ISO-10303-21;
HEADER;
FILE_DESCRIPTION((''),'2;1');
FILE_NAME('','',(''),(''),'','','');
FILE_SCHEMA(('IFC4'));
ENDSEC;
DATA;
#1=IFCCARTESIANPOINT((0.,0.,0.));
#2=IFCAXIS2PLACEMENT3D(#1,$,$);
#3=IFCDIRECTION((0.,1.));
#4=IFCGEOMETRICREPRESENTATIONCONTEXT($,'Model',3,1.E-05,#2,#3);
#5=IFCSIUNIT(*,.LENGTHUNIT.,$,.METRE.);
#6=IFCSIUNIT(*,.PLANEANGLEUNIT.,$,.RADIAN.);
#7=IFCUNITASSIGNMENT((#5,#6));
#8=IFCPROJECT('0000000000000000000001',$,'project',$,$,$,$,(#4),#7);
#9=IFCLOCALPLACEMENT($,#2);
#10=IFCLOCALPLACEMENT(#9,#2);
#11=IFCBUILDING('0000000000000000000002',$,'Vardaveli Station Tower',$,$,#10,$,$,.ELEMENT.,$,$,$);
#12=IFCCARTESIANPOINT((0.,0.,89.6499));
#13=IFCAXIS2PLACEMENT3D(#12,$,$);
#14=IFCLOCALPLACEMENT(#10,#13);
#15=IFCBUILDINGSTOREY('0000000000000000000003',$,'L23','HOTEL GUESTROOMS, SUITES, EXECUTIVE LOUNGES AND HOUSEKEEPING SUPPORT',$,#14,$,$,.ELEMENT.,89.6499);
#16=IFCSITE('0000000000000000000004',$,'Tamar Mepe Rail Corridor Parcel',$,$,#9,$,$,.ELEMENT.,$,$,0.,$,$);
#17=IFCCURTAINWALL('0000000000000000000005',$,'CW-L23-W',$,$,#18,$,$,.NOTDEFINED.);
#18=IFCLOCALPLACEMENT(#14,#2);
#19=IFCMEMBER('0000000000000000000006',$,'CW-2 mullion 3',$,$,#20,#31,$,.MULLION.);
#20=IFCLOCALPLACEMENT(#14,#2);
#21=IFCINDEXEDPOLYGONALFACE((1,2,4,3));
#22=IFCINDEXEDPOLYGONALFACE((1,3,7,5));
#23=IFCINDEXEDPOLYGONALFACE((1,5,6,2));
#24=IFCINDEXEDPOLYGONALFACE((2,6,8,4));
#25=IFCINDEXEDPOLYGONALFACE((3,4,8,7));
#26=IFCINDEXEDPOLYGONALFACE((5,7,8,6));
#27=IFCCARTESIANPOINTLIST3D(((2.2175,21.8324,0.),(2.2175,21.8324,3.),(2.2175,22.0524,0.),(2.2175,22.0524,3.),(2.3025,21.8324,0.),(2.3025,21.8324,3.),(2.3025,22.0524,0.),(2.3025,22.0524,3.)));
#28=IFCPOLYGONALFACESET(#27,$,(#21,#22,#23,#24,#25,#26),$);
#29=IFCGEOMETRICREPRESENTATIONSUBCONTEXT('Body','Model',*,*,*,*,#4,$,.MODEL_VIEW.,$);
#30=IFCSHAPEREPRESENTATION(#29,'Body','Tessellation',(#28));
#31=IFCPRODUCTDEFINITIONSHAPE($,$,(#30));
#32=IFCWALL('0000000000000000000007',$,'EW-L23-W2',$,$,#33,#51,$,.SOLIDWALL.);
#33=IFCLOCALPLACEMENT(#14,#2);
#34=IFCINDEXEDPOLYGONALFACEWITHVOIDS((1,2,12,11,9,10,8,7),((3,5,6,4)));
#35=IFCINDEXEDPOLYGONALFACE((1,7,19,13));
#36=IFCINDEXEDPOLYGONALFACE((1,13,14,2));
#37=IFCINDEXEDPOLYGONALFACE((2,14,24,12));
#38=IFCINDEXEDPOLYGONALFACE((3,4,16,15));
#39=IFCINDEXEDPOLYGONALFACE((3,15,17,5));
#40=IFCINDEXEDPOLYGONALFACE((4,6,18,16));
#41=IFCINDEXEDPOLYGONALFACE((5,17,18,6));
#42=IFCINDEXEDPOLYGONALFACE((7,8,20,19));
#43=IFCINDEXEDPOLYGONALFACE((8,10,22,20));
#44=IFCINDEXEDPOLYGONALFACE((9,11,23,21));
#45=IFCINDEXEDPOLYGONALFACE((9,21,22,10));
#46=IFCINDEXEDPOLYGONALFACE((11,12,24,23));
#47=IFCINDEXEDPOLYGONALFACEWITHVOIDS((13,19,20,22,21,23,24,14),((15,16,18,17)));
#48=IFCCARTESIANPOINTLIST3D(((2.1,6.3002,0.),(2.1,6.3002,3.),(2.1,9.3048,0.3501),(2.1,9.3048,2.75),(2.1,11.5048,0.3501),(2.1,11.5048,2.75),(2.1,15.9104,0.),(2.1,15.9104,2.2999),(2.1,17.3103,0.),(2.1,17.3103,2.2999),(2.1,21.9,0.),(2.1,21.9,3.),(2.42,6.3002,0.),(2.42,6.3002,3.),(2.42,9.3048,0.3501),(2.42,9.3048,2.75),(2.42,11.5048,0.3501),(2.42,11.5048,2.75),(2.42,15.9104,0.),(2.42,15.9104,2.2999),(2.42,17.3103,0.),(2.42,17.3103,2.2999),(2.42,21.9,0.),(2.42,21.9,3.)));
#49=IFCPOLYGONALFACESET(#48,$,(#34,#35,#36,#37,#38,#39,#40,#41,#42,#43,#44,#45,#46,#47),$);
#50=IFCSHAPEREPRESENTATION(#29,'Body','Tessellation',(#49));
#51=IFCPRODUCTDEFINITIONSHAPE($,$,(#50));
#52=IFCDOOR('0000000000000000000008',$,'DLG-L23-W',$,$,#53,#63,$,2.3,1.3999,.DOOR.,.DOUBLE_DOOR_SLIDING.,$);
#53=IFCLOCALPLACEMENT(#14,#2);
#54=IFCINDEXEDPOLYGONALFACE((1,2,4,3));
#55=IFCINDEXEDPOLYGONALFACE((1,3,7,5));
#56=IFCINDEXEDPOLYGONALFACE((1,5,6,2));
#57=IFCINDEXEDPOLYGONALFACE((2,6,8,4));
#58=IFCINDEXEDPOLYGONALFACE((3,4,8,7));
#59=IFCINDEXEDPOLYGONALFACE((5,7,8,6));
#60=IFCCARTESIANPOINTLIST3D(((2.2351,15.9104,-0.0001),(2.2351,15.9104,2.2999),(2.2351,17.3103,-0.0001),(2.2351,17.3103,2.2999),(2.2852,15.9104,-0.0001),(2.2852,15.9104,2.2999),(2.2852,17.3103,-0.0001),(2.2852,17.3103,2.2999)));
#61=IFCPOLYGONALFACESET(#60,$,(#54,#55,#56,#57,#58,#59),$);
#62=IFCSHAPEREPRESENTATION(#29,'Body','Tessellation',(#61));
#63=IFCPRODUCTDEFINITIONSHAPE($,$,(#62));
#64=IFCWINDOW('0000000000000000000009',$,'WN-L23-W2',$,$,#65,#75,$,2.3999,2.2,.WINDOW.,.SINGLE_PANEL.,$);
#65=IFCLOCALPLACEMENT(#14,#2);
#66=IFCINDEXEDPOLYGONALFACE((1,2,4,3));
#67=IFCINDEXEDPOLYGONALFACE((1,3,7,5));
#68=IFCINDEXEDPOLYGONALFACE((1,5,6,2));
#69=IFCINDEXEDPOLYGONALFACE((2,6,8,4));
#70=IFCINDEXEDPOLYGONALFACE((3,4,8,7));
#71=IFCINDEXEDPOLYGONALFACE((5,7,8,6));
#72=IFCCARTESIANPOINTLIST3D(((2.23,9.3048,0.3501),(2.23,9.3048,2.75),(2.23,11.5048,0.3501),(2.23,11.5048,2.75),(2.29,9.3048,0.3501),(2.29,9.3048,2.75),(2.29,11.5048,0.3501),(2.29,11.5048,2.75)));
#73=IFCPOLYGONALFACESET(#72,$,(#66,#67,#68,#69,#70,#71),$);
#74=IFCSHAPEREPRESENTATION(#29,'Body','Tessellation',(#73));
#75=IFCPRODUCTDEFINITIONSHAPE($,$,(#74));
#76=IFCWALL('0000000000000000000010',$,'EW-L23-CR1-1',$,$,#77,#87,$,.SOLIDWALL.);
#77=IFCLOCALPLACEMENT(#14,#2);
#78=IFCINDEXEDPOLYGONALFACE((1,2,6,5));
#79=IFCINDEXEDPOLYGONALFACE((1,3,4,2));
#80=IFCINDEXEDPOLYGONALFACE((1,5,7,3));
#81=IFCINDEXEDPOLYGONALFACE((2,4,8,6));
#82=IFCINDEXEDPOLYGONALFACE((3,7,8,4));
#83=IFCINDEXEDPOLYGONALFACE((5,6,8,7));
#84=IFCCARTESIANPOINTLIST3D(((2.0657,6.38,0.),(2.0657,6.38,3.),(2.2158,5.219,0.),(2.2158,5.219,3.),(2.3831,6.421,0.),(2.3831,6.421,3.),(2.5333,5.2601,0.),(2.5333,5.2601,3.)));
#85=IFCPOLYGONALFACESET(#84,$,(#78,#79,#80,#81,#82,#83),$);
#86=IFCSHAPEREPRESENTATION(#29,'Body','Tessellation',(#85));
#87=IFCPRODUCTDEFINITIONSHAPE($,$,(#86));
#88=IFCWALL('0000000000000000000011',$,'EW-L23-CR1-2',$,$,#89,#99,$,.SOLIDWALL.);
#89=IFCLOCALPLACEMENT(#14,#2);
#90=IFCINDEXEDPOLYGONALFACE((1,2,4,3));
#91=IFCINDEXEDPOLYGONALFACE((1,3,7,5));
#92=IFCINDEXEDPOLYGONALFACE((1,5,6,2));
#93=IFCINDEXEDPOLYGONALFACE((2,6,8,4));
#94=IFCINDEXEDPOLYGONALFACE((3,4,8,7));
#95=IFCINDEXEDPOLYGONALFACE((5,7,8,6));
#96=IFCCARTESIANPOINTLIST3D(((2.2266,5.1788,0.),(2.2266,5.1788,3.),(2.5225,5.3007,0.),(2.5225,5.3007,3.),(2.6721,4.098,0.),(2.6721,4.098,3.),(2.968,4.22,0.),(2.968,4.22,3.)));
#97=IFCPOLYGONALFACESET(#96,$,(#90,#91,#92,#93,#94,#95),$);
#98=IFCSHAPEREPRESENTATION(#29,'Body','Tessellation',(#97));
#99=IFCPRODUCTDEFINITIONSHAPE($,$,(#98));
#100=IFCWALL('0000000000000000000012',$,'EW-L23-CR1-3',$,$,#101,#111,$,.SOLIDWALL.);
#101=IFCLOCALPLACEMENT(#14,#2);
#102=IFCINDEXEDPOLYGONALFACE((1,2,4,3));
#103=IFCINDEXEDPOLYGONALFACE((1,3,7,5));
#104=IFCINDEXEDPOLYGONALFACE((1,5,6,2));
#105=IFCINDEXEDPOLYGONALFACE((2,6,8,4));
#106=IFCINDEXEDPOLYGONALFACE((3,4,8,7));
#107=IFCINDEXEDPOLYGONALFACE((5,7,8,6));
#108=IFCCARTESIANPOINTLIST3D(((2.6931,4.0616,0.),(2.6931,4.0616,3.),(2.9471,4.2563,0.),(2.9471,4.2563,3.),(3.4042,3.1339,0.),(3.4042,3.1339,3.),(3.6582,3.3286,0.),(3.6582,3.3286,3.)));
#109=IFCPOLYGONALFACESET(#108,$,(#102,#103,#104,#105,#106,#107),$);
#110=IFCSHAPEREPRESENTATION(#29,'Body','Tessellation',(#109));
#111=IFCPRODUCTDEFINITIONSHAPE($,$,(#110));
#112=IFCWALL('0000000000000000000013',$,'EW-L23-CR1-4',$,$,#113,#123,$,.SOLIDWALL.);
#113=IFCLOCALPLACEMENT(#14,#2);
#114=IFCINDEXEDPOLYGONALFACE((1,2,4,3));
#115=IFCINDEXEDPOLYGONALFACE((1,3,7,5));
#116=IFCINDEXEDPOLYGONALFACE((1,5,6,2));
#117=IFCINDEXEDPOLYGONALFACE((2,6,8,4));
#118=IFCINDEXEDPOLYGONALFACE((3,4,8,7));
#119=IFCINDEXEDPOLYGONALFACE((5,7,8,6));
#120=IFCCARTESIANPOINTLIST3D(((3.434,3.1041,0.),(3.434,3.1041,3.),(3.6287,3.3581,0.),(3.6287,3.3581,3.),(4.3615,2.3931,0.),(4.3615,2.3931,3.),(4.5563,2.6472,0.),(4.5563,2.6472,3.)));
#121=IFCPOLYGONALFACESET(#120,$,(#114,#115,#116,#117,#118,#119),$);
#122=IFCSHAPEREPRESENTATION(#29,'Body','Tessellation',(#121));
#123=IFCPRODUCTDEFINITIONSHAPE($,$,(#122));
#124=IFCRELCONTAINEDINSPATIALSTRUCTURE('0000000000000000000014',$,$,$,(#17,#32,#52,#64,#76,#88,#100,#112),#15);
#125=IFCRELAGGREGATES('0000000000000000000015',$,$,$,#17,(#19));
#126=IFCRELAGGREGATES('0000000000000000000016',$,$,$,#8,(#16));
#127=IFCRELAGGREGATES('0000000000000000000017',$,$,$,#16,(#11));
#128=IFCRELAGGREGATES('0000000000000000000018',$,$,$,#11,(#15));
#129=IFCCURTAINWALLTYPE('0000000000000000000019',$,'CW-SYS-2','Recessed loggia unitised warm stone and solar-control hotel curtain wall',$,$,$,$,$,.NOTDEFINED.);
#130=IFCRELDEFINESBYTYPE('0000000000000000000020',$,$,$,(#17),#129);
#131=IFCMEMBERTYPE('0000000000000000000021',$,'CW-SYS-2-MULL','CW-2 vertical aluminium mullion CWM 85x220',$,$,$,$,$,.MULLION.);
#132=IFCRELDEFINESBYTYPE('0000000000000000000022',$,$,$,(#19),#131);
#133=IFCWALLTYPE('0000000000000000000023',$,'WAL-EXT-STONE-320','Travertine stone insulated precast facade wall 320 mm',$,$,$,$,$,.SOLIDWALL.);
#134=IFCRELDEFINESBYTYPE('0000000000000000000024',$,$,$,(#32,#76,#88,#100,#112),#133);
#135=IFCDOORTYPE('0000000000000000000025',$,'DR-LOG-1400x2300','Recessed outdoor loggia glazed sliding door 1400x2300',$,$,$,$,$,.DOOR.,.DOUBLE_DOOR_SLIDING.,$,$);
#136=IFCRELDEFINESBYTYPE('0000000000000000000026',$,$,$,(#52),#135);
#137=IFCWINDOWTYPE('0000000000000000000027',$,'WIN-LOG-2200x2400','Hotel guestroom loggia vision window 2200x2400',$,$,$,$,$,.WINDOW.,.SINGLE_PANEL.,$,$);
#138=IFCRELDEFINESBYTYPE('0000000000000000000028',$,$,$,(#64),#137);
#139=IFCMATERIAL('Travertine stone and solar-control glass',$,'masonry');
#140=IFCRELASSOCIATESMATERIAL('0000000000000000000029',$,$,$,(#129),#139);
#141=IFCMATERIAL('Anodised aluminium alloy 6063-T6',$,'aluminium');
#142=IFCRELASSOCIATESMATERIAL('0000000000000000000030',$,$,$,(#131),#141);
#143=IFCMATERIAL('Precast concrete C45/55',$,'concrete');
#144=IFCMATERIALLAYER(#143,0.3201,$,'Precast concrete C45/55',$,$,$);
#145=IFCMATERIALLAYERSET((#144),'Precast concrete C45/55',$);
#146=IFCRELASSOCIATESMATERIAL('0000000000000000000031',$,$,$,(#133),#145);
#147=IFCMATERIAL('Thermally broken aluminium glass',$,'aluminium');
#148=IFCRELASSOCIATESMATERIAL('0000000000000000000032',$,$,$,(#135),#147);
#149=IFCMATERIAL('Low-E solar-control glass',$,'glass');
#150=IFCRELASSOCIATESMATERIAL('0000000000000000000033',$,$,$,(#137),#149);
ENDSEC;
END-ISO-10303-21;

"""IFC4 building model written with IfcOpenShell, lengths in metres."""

from ifc_helpers import new_model, si_unit, direction, frame, frame_2d, origin, origin_2d, place, context, subcontext, project, spatial, rectangle, extrude, source, transform, mapped, material, layer, layer_set, material_profile, profile_set, type_object, element, fill, aggregate, save


model = new_model("IFC4")

# Units and contexts
model_context = context("Model", 3, precision=1e-05, world=origin(), true_north=direction((0.0, 1.0)))
body_context = subcontext(model_context, "Body", "Model", "MODEL_VIEW")
ifc_project = project(units=[si_unit("LENGTHUNIT", "METRE"), si_unit("PLANEANGLEUNIT", "RADIAN")], contexts=[model_context])

# Site, building, storey
site_placement = place(None, origin())
site = spatial("IfcSite", under=ifc_project, at=site_placement, Name="Tamar Mepe Rail Corridor Parcel", CompositionType="ELEMENT", RefElevation=0.0)
building_placement = place(site_placement, origin())
building = spatial("IfcBuilding", under=site, at=building_placement, Name="Vardaveli Station Tower", CompositionType="ELEMENT")
storey_placement = place(building_placement, frame((0.0, 0.0, 89.6499)))
storey = spatial("IfcBuildingStorey", under=building, at=storey_placement, Name="L23", Description="HOTEL GUESTROOMS, SUITES, EXECUTIVE LOUNGES AND HOUSEKEEPING SUPPORT", CompositionType="ELEMENT", Elevation=89.6499)

# Shared definitions
ifc_material_1 = material(Name="Precast concrete C45/55", Category="concrete")

# Curtain wall, member
ifc_material_2 = material(Name="Travertine stone and solar-control glass", Category="masonry")
curtain_wall_type = type_object("IfcCurtainWallType", Name="CW-SYS-2", Description="Recessed loggia unitised warm stone and solar-control hotel curtain wall", PredefinedType="NOTDEFINED", material=ifc_material_2)
curtain_wall_placement = place(storey_placement, origin())
curtain_wall = element("IfcCurtainWall", 1, at=curtain_wall_placement, inside=storey, type_object=curtain_wall_type, Name="CW-L23-W", PredefinedType="NOTDEFINED")
ifc_material_3 = material(Name="Anodised aluminium alloy 6063-T6", Category="aluminium")
ifc_material_profile_1 = material_profile(ifc_material_3, rectangle(XDim=0.085, YDim=0.22, at=origin_2d()), Name="CWM 85x220")
ifc_profile_set_1 = profile_set([ifc_material_profile_1], Name="Anodised aluminium alloy 6063-T6")
member_type = type_object("IfcMemberType", Name="CW-SYS-2-MULL", Description="CW-2 vertical aluminium mullion CWM 85x220", PredefinedType="MULLION", material=ifc_profile_set_1)
shared_shape_1 = source(origin(), body_context, "Body", "SweptSolid", [
    extrude(rectangle(XDim=0.085, YDim=0.22, at=origin_2d()), origin(), (0.0, 0.0, 1.0), 3.0),
])
member_placement = place(storey_placement, frame((2.26, 21.9424, 0.0), z_axis=(0.0, 0.0, 1.0), x_axis=(1.0, 0.0, 0.0)))
member = element("IfcMember", 2, at=member_placement, type_object=member_type, Name="CW-2 mullion 3", PredefinedType="MULLION", context=body_context, shape_type="MappedRepresentation", body=[
    mapped(shared_shape_1, transform((0.0, 0.0, 0.0), scale=1.0)),
])
aggregate(curtain_wall, [member])

# Wall, openings, door, window
ifc_layer_1 = layer(ifc_material_1, 0.3201, Name="Precast concrete C45/55")
ifc_layer_set_1 = layer_set([ifc_layer_1], Name="Precast concrete C45/55")
wall_type_1 = type_object("IfcWallType", Name="WAL-EXT-STONE-320", Description="Travertine stone insulated precast facade wall 320 mm", PredefinedType="SOLIDWALL", material=ifc_layer_set_1)
shared_shape_2 = source(origin(), body_context, "Body", "SweptSolid", [
    extrude(rectangle(XDim=15.5999, YDim=0.3201, at=frame_2d((7.7998, 0.0))), origin(), (0.0, 0.0, 1.0), 3.0),
])
wall_1_placement = place(storey_placement, frame((2.26, 21.8999, 0.0), z_axis=(0.0, 0.0, 1.0), x_axis=(0.0, -1.0, 0.0)))
wall_1 = element("IfcWall", 3, at=wall_1_placement, inside=storey, type_object=wall_type_1, Name="EW-L23-W2", PredefinedType="SOLIDWALL", context=body_context, shape_type="MappedRepresentation", body=[
    mapped(shared_shape_2, transform((0.0, 0.0, 0.0), scale=1.0)),
])
shared_shape_3 = source(origin(), body_context, "Body", "SweptSolid", [
    extrude(rectangle(XDim=1.3999, YDim=2.3, at=frame_2d((0.7, 1.1499))), frame((0.0, 0.1699, 0.0), z_axis=(0.0, -1.0, 0.0), x_axis=(1.0, 0.0, 0.0)), (0.0, 0.0, 1.0), 0.3401),
])
opening_1_placement = place(wall_1_placement, frame((4.5896, 0.0, 0.0)))
opening_1 = element("IfcOpeningElement", 4, at=opening_1_placement, cuts=wall_1, PredefinedType="OPENING", context=body_context, shape_type="MappedRepresentation", body=[
    mapped(shared_shape_3, transform((0.0, 0.0, 0.0), scale=1.0)),
])
shared_shape_4 = source(origin(), body_context, "Body", "SweptSolid", [
    extrude(rectangle(XDim=2.2, YDim=2.3999, at=frame_2d((1.1001, 1.2))), frame((0.0, 0.1699, 0.0), z_axis=(0.0, -1.0, 0.0), x_axis=(1.0, 0.0, 0.0)), (0.0, 0.0, 1.0), 0.3401),
])
opening_2_placement = place(wall_1_placement, frame((10.395, 0.0, 0.3501)))
opening_2 = element("IfcOpeningElement", 5, at=opening_2_placement, cuts=wall_1, PredefinedType="OPENING", context=body_context, shape_type="MappedRepresentation", body=[
    mapped(shared_shape_4, transform((0.0, 0.0, 0.0), scale=1.0)),
])
ifc_material_4 = material(Name="Thermally broken aluminium glass", Category="aluminium")
door_type_1 = type_object("IfcDoorType", Name="DR-LOG-1400x2300", Description="Recessed outdoor loggia glazed sliding door 1400x2300", OperationType="DOUBLE_DOOR_SLIDING", PredefinedType="DOOR", material=ifc_material_4)
shared_shape_5 = source(origin(), body_context, "Body", "SweptSolid", [
    extrude(rectangle(XDim=1.3999, YDim=2.3, at=frame_2d((0.7, 1.1499))), frame((0.0, 0.0249, 0.0), z_axis=(0.0, -1.0, 0.0), x_axis=(1.0, 0.0, 0.0)), (0.0, 0.0, 1.0), 0.05),
])
door_1_placement = place(opening_1_placement, frame((1.3999, 0.0, 0.0), z_axis=(0.0, 0.0, 1.0), x_axis=(-1.0, 0.0, 0.0)))
door_1 = element("IfcDoor", 6, at=door_1_placement, inside=storey, type_object=door_type_1, Name="DLG-L23-W", OperationType="DOUBLE_DOOR_SLIDING", OverallHeight=2.3, OverallWidth=1.3999, PredefinedType="DOOR", context=body_context, shape_type="MappedRepresentation", body=[
    mapped(shared_shape_5, transform((0.0, 0.0, 0.0), scale=1.0)),
])
fill(opening_1, door_1)
ifc_material_5 = material(Name="Low-E solar-control glass", Category="glass")
window_type = type_object("IfcWindowType", Name="WIN-LOG-2200x2400", Description="Hotel guestroom loggia vision window 2200x2400", PartitioningType="SINGLE_PANEL", PredefinedType="WINDOW", material=ifc_material_5)
shared_shape_6 = source(origin(), body_context, "Body", "SweptSolid", [
    extrude(rectangle(XDim=2.2, YDim=2.3999, at=frame_2d((1.1001, 1.2))), frame((0.0, 0.03, 0.0), z_axis=(0.0, -1.0, 0.0), x_axis=(1.0, 0.0, 0.0)), (0.0, 0.0, 1.0), 0.0601),
])
window_placement = place(opening_2_placement, origin())
window = element("IfcWindow", 7, at=window_placement, inside=storey, type_object=window_type, Name="WN-L23-W2", OverallHeight=2.3999, OverallWidth=2.2, PartitioningType="SINGLE_PANEL", PredefinedType="WINDOW", context=body_context, shape_type="MappedRepresentation", body=[
    mapped(shared_shape_6, transform((0.0, 0.0, 0.0), scale=1.0)),
])
fill(opening_2, window)

# Walls
shared_shape_7 = source(origin(), body_context, "Body", "SweptSolid", [
    extrude(rectangle(XDim=1.1707, YDim=0.3201, at=frame_2d((0.5854, 0.0))), origin(), (0.0, 0.0, 1.0), 3.0),
])
wall_2_placement = place(storey_placement, frame((2.2244, 6.4006, 0.0), z_axis=(0.0, 0.0, 1.0), x_axis=(0.128269, -0.991739, 0.0)))
element("IfcWall", 8, at=wall_2_placement, inside=storey, type_object=wall_type_1, Name="EW-L23-CR1-1", PredefinedType="SOLIDWALL", context=body_context, shape_type="MappedRepresentation", body=[
    mapped(shared_shape_7, transform((0.0, 0.0, 0.0), scale=1.0)),
])
shared_shape_8 = source(origin(), body_context, "Body", "SweptSolid", [
    extrude(rectangle(XDim=1.1689, YDim=0.3201, at=frame_2d((0.5845, 0.0))), origin(), (0.0, 0.0, 1.0), 3.0),
])
for number, where, z_axis, x_axis, name in (
    (9, (2.3745, 5.2397, 0.0), (0.0, 0.0, 1.0), (0.381128, -0.924522, 0.0), "EW-L23-CR1-2"),
    (10, (2.8201, 4.1589, 0.0), (0.0, 0.0, 1.0), (0.608388, -0.79364, 0.0), "EW-L23-CR1-3"),
):
    element("IfcWall", number, at=place(storey_placement, frame(where, z_axis=z_axis, x_axis=x_axis)), inside=storey, type_object=wall_type_1, Name=name, PredefinedType="SOLIDWALL", context=body_context, shape_type="MappedRepresentation", body=[
        mapped(shared_shape_8, transform((0.0, 0.0, 0.0), scale=1.0)),
    ])
shared_shape_9 = source(origin(), body_context, "Body", "SweptSolid", [
    extrude(rectangle(XDim=1.1687, YDim=0.3201, at=frame_2d((0.5845, 0.0))), origin(), (0.0, 0.0, 1.0), 3.0),
])
wall_3_placement = place(storey_placement, frame((3.5312, 3.2312, 0.0), z_axis=(0.0, 0.0, 1.0), x_axis=(0.793664, -0.608357, 0.0)))
element("IfcWall", 11, at=wall_3_placement, inside=storey, type_object=wall_type_1, Name="EW-L23-CR1-4", PredefinedType="SOLIDWALL", context=body_context, shape_type="MappedRepresentation", body=[
    mapped(shared_shape_9, transform((0.0, 0.0, 0.0), scale=1.0)),
])

save(model, "model.ifc")
